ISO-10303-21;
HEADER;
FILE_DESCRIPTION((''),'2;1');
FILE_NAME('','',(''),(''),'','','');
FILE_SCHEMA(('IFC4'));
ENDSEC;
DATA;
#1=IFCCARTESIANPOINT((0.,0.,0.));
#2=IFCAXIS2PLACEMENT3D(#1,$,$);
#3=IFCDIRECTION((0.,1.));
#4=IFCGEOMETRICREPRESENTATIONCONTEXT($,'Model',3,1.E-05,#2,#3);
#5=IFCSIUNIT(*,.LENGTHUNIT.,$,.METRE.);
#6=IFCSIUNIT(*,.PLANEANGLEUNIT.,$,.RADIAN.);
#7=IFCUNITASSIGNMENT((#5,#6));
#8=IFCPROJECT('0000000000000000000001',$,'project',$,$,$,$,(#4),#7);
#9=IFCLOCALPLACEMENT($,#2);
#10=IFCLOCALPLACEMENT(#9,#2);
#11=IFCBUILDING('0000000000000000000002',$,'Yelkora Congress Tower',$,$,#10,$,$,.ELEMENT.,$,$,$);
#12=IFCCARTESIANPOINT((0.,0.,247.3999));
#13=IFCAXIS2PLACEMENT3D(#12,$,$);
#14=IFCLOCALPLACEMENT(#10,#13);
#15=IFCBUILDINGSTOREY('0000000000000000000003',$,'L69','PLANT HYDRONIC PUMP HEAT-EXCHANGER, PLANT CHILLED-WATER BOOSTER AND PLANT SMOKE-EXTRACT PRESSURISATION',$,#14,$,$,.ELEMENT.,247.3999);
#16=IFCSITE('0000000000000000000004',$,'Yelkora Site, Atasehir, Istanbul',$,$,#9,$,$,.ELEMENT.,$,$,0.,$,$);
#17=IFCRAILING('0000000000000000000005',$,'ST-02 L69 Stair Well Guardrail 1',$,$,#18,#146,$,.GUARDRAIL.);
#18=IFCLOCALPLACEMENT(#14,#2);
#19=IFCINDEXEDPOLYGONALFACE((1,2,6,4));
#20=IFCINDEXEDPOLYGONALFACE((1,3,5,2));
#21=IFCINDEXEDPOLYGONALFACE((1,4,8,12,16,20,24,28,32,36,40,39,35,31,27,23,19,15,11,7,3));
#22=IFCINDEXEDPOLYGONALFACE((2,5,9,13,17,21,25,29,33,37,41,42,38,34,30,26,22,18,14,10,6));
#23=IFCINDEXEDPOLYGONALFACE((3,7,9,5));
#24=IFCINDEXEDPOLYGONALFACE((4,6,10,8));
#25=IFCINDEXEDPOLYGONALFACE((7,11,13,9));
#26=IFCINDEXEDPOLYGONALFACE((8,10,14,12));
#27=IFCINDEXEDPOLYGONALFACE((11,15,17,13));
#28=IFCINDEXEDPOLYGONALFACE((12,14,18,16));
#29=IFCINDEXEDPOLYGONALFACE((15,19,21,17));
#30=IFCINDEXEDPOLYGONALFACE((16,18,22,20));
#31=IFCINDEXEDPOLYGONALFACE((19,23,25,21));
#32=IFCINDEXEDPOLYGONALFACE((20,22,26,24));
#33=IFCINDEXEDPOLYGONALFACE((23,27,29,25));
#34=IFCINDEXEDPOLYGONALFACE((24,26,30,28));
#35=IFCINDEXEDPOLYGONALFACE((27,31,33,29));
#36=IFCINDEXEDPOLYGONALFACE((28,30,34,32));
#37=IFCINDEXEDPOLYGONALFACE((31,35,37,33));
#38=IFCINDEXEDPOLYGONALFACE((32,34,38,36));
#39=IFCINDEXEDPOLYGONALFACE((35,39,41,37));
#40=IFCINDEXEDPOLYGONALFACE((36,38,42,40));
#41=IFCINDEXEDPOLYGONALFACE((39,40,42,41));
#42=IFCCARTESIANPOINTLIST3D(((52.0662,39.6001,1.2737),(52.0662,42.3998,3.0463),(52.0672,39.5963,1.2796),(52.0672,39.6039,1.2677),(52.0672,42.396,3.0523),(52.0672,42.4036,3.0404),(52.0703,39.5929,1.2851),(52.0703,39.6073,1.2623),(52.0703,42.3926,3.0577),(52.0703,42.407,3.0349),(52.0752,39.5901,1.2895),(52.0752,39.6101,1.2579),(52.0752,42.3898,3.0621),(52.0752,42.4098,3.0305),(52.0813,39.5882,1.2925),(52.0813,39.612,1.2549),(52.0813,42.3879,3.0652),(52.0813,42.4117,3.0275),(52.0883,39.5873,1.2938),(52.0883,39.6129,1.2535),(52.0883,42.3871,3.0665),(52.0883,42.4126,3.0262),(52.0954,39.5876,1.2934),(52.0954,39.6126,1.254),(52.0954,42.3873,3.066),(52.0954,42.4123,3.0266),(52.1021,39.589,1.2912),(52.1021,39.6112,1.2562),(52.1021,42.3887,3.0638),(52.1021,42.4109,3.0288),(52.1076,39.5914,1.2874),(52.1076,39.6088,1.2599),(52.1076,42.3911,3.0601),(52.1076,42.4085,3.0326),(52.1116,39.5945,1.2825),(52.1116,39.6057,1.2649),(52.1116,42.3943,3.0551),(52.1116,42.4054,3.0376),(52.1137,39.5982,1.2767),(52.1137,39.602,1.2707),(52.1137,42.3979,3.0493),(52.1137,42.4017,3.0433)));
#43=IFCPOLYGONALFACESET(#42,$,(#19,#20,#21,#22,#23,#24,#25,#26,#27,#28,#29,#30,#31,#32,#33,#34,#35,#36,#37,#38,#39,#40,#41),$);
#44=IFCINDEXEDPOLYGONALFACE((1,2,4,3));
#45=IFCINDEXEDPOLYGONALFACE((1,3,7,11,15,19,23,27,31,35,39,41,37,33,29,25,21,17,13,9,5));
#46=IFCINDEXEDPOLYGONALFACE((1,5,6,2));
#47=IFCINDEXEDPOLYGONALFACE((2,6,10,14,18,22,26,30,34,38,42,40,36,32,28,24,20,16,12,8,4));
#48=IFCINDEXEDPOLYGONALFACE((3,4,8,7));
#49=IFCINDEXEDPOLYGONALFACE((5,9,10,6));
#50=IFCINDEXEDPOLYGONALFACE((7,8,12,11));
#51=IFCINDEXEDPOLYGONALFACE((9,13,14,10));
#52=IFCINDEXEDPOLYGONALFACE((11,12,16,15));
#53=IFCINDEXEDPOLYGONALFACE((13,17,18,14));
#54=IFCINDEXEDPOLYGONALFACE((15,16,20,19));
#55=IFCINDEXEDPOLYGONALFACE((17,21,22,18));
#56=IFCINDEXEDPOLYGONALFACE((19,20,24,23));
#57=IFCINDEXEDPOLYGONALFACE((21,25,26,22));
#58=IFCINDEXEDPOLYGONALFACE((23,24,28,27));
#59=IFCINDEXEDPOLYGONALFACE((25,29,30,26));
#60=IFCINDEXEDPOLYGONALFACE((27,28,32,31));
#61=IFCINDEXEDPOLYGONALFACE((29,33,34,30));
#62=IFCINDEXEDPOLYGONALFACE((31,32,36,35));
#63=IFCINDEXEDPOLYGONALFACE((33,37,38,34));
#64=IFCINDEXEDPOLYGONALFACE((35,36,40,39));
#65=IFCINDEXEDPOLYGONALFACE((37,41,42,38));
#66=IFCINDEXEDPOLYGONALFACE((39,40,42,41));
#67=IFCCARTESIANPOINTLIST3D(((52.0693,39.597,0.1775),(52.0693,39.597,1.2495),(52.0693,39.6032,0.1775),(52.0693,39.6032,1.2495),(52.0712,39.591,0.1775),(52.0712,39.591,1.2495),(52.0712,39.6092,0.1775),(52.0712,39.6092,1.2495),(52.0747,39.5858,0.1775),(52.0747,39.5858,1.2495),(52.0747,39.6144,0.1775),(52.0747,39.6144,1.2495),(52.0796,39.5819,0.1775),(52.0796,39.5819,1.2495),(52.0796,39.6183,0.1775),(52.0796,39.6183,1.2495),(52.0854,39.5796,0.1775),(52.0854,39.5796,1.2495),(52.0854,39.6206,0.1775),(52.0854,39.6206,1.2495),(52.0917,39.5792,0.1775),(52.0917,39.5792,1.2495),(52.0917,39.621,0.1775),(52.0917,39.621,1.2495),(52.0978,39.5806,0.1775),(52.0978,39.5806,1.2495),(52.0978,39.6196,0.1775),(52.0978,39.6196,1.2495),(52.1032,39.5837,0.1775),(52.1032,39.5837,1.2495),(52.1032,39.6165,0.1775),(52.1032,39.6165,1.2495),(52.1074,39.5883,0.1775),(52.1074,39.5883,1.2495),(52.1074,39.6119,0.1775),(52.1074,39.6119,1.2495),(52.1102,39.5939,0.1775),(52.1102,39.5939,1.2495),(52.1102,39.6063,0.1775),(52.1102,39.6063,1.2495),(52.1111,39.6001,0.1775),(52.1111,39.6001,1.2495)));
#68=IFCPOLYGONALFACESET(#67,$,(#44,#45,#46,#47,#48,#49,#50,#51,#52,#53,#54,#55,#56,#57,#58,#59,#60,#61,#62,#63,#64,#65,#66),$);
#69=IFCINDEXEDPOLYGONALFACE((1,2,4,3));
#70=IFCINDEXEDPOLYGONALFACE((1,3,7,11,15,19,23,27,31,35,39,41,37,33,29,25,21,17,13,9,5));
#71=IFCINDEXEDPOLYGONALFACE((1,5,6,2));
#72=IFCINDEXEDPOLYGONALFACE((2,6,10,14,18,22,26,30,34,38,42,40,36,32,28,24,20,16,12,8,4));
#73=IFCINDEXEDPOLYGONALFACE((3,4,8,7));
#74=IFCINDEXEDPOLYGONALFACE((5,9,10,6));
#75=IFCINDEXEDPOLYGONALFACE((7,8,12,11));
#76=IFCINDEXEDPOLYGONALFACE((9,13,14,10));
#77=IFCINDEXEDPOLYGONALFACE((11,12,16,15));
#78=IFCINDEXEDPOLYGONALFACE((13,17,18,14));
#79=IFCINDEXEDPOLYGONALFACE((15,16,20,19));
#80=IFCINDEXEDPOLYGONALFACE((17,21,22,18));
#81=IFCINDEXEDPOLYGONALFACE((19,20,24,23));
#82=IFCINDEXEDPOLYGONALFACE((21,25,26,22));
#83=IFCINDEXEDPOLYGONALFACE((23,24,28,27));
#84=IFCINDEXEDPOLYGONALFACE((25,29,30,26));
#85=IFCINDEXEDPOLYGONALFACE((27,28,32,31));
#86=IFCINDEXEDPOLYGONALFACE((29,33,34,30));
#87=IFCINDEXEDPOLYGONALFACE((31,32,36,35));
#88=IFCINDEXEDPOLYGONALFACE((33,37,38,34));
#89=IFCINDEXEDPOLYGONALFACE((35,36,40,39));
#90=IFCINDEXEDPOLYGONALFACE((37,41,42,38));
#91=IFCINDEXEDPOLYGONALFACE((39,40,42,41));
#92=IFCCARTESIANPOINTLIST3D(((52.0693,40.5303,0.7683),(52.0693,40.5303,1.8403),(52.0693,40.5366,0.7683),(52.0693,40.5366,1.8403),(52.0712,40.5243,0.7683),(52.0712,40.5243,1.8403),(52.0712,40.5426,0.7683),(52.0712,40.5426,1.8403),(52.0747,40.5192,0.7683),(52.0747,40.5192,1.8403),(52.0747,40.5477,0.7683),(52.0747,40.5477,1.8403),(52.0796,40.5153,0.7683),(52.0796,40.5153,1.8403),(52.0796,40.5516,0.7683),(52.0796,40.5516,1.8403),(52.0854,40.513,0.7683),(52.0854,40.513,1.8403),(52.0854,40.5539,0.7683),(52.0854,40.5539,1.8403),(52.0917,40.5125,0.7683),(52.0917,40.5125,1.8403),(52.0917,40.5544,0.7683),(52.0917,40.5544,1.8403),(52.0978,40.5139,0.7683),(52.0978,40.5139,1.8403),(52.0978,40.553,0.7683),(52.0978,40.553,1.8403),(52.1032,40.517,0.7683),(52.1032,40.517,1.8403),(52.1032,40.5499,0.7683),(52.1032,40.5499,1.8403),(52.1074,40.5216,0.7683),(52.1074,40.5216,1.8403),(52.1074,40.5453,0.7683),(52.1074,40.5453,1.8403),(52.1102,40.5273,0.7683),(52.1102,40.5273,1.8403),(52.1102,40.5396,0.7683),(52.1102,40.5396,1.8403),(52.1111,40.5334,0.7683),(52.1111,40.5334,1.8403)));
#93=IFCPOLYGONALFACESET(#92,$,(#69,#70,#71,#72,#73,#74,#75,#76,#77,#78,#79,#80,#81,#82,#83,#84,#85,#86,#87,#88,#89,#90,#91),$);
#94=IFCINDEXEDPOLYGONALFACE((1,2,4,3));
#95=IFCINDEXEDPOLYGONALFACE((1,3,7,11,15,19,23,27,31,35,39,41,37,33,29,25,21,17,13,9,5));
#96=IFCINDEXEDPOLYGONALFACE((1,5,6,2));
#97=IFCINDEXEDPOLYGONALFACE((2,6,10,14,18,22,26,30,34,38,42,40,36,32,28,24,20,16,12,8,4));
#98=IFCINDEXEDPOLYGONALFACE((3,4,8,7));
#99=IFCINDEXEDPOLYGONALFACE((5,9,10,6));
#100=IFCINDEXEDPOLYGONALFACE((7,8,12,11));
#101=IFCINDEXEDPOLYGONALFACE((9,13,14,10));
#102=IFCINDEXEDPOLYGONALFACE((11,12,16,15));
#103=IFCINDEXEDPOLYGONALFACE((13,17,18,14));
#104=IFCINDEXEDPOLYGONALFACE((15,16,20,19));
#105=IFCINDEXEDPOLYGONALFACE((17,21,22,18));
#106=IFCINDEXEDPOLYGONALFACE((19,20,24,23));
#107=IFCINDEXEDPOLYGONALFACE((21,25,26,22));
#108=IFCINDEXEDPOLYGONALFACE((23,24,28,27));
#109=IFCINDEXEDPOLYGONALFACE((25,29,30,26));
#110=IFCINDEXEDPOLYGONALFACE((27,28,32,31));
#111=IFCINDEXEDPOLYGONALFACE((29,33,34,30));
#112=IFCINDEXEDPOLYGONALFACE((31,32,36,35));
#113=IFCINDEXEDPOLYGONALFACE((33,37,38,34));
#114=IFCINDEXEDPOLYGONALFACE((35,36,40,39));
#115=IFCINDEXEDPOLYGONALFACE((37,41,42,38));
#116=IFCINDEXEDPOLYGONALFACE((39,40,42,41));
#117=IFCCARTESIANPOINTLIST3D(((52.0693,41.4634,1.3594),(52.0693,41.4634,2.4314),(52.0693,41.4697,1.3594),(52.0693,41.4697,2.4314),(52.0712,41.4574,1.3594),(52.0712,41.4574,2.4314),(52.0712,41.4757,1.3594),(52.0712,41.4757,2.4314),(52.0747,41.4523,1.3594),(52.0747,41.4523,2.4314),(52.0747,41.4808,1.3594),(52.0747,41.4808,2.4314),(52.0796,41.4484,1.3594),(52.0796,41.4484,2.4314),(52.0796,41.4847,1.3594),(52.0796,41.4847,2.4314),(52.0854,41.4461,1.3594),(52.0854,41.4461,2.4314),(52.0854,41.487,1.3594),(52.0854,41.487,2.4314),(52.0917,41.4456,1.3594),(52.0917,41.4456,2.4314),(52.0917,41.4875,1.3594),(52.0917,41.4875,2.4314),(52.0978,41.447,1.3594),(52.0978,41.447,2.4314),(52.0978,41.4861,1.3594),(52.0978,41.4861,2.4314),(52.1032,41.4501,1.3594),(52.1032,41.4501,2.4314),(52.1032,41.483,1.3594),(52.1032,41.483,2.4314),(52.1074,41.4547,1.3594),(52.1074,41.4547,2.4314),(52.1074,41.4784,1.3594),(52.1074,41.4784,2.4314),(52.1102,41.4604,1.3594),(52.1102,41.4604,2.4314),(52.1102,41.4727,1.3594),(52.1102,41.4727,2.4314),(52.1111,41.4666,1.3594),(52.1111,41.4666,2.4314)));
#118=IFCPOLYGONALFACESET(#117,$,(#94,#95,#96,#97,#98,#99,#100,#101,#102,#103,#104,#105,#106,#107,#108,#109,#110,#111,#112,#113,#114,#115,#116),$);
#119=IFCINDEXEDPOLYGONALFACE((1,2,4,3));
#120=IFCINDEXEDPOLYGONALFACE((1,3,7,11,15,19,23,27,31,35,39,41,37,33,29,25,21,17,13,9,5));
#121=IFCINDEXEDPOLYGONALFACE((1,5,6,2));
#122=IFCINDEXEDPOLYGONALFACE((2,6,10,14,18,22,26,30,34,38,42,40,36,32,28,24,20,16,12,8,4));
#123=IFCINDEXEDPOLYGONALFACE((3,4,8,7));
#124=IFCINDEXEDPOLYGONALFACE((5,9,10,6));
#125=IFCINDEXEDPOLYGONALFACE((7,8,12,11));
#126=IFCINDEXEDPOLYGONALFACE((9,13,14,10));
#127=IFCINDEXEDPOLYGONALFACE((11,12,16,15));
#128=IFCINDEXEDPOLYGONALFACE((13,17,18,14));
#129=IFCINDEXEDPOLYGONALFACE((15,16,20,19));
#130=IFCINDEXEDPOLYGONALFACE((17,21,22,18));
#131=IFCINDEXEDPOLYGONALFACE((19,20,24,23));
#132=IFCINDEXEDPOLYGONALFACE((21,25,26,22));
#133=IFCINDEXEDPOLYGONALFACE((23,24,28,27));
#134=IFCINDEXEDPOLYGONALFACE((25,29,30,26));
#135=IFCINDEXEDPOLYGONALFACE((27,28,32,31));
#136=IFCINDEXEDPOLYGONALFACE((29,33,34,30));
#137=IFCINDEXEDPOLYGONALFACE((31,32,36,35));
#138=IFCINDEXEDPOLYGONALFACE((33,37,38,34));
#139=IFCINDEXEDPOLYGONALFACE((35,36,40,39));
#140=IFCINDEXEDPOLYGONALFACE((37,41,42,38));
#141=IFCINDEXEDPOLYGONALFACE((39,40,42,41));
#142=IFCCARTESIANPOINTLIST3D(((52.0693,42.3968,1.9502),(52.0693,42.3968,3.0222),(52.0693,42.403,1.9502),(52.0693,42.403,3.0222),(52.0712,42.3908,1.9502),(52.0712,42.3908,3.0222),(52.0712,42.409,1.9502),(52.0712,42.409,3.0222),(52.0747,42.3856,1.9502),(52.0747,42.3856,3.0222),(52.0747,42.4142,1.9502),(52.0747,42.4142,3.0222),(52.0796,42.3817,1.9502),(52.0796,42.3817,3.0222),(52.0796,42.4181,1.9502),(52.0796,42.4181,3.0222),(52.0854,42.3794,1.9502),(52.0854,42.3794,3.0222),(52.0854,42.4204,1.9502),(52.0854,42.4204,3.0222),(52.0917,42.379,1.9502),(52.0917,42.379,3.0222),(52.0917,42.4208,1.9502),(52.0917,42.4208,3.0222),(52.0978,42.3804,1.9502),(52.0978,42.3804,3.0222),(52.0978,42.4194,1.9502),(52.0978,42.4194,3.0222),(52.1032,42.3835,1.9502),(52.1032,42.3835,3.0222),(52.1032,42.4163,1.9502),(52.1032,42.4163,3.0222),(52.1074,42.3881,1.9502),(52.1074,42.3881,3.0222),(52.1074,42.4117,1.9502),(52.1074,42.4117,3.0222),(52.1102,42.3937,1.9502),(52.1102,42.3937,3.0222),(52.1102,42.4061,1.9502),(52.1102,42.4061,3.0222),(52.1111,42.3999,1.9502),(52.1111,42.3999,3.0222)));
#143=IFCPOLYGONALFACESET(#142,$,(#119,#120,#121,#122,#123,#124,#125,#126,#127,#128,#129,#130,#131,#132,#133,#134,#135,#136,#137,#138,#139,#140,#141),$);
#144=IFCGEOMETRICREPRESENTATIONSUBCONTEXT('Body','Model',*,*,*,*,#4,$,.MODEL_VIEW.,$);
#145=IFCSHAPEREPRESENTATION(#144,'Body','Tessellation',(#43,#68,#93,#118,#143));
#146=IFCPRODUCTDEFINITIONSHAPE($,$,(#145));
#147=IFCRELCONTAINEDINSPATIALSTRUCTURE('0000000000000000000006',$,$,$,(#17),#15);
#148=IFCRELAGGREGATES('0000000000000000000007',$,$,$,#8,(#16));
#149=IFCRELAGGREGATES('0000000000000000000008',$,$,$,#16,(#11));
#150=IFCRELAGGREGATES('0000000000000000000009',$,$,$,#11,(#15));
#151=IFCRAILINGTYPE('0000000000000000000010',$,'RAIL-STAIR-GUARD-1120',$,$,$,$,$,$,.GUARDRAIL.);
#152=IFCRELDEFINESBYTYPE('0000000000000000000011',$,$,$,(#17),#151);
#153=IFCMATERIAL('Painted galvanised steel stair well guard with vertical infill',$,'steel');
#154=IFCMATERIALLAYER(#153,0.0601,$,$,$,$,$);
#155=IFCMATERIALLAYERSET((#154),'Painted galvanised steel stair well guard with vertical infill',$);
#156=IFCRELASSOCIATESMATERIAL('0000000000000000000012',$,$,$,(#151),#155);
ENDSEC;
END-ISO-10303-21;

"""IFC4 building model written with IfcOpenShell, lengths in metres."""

from ifc_helpers import new_model, si_unit, direction, frame, origin, origin_2d, place, context, subcontext, project, spatial, circle, extrude, material, layer, layer_set, type_object, element, save


model = new_model("IFC4")

# Units and contexts
model_context = context("Model", 3, precision=1e-05, world=origin(), true_north=direction((0.0, 1.0)))
body_context = subcontext(model_context, "Body", "Model", "MODEL_VIEW")
ifc_project = project(units=[si_unit("LENGTHUNIT", "METRE"), si_unit("PLANEANGLEUNIT", "RADIAN")], contexts=[model_context])

# Site, building, storey
site_placement = place(None, origin())
site = spatial("IfcSite", under=ifc_project, at=site_placement, Name="Yelkora Site, Atasehir, Istanbul", CompositionType="ELEMENT", RefElevation=0.0)
building_placement = place(site_placement, origin())
building = spatial("IfcBuilding", under=site, at=building_placement, Name="Yelkora Congress Tower", CompositionType="ELEMENT")
storey_placement = place(building_placement, frame((0.0, 0.0, 247.3999)))
storey = spatial("IfcBuildingStorey", under=building, at=storey_placement, Name="L69", Description="PLANT HYDRONIC PUMP HEAT-EXCHANGER, PLANT CHILLED-WATER BOOSTER AND PLANT SMOKE-EXTRACT PRESSURISATION", CompositionType="ELEMENT", Elevation=247.3999)

# Railing
ifc_material_1 = material(Name="Painted galvanised steel stair well guard with vertical infill", Category="steel")
ifc_layer_1 = layer(ifc_material_1, 0.0601)
ifc_layer_set_1 = layer_set([ifc_layer_1], Name="Painted galvanised steel stair well guard with vertical infill")
railing_type_1 = type_object("IfcRailingType", Name="RAIL-STAIR-GUARD-1120", PredefinedType="GUARDRAIL", material=ifc_layer_set_1)
railing_1_placement = place(storey_placement, frame((52.0901, 39.6001, 0.1775)))
element("IfcRailing", 1, at=railing_1_placement, inside=storey, type_object=railing_type_1, Name="ST-02 L69 Stair Well Guardrail 1", PredefinedType="GUARDRAIL", context=body_context, shape_type="SweptSolid", body=[
    extrude(circle(Radius=0.0239, at=origin_2d()), frame((0.0, 0.0, 1.0962), z_axis=(0.0, 0.844888, 0.534943), x_axis=(-1.0, 0.0, 0.0)), (0.0, 0.0, 1.0), 3.3137),
    extrude(circle(Radius=0.021, at=origin_2d()), origin(), (0.0, 0.0, 1.0), 1.072),
    extrude(circle(Radius=0.021, at=origin_2d()), frame((0.0, 0.9333, 0.5908)), (0.0, 0.0, 1.0), 1.072),
    extrude(circle(Radius=0.021, at=origin_2d()), frame((0.0, 1.8665, 1.1819)), (0.0, 0.0, 1.0), 1.072),
    extrude(circle(Radius=0.021, at=origin_2d()), frame((0.0, 2.7998, 1.7727)), (0.0, 0.0, 1.0), 1.072),
])

save(model, "model.ifc")
